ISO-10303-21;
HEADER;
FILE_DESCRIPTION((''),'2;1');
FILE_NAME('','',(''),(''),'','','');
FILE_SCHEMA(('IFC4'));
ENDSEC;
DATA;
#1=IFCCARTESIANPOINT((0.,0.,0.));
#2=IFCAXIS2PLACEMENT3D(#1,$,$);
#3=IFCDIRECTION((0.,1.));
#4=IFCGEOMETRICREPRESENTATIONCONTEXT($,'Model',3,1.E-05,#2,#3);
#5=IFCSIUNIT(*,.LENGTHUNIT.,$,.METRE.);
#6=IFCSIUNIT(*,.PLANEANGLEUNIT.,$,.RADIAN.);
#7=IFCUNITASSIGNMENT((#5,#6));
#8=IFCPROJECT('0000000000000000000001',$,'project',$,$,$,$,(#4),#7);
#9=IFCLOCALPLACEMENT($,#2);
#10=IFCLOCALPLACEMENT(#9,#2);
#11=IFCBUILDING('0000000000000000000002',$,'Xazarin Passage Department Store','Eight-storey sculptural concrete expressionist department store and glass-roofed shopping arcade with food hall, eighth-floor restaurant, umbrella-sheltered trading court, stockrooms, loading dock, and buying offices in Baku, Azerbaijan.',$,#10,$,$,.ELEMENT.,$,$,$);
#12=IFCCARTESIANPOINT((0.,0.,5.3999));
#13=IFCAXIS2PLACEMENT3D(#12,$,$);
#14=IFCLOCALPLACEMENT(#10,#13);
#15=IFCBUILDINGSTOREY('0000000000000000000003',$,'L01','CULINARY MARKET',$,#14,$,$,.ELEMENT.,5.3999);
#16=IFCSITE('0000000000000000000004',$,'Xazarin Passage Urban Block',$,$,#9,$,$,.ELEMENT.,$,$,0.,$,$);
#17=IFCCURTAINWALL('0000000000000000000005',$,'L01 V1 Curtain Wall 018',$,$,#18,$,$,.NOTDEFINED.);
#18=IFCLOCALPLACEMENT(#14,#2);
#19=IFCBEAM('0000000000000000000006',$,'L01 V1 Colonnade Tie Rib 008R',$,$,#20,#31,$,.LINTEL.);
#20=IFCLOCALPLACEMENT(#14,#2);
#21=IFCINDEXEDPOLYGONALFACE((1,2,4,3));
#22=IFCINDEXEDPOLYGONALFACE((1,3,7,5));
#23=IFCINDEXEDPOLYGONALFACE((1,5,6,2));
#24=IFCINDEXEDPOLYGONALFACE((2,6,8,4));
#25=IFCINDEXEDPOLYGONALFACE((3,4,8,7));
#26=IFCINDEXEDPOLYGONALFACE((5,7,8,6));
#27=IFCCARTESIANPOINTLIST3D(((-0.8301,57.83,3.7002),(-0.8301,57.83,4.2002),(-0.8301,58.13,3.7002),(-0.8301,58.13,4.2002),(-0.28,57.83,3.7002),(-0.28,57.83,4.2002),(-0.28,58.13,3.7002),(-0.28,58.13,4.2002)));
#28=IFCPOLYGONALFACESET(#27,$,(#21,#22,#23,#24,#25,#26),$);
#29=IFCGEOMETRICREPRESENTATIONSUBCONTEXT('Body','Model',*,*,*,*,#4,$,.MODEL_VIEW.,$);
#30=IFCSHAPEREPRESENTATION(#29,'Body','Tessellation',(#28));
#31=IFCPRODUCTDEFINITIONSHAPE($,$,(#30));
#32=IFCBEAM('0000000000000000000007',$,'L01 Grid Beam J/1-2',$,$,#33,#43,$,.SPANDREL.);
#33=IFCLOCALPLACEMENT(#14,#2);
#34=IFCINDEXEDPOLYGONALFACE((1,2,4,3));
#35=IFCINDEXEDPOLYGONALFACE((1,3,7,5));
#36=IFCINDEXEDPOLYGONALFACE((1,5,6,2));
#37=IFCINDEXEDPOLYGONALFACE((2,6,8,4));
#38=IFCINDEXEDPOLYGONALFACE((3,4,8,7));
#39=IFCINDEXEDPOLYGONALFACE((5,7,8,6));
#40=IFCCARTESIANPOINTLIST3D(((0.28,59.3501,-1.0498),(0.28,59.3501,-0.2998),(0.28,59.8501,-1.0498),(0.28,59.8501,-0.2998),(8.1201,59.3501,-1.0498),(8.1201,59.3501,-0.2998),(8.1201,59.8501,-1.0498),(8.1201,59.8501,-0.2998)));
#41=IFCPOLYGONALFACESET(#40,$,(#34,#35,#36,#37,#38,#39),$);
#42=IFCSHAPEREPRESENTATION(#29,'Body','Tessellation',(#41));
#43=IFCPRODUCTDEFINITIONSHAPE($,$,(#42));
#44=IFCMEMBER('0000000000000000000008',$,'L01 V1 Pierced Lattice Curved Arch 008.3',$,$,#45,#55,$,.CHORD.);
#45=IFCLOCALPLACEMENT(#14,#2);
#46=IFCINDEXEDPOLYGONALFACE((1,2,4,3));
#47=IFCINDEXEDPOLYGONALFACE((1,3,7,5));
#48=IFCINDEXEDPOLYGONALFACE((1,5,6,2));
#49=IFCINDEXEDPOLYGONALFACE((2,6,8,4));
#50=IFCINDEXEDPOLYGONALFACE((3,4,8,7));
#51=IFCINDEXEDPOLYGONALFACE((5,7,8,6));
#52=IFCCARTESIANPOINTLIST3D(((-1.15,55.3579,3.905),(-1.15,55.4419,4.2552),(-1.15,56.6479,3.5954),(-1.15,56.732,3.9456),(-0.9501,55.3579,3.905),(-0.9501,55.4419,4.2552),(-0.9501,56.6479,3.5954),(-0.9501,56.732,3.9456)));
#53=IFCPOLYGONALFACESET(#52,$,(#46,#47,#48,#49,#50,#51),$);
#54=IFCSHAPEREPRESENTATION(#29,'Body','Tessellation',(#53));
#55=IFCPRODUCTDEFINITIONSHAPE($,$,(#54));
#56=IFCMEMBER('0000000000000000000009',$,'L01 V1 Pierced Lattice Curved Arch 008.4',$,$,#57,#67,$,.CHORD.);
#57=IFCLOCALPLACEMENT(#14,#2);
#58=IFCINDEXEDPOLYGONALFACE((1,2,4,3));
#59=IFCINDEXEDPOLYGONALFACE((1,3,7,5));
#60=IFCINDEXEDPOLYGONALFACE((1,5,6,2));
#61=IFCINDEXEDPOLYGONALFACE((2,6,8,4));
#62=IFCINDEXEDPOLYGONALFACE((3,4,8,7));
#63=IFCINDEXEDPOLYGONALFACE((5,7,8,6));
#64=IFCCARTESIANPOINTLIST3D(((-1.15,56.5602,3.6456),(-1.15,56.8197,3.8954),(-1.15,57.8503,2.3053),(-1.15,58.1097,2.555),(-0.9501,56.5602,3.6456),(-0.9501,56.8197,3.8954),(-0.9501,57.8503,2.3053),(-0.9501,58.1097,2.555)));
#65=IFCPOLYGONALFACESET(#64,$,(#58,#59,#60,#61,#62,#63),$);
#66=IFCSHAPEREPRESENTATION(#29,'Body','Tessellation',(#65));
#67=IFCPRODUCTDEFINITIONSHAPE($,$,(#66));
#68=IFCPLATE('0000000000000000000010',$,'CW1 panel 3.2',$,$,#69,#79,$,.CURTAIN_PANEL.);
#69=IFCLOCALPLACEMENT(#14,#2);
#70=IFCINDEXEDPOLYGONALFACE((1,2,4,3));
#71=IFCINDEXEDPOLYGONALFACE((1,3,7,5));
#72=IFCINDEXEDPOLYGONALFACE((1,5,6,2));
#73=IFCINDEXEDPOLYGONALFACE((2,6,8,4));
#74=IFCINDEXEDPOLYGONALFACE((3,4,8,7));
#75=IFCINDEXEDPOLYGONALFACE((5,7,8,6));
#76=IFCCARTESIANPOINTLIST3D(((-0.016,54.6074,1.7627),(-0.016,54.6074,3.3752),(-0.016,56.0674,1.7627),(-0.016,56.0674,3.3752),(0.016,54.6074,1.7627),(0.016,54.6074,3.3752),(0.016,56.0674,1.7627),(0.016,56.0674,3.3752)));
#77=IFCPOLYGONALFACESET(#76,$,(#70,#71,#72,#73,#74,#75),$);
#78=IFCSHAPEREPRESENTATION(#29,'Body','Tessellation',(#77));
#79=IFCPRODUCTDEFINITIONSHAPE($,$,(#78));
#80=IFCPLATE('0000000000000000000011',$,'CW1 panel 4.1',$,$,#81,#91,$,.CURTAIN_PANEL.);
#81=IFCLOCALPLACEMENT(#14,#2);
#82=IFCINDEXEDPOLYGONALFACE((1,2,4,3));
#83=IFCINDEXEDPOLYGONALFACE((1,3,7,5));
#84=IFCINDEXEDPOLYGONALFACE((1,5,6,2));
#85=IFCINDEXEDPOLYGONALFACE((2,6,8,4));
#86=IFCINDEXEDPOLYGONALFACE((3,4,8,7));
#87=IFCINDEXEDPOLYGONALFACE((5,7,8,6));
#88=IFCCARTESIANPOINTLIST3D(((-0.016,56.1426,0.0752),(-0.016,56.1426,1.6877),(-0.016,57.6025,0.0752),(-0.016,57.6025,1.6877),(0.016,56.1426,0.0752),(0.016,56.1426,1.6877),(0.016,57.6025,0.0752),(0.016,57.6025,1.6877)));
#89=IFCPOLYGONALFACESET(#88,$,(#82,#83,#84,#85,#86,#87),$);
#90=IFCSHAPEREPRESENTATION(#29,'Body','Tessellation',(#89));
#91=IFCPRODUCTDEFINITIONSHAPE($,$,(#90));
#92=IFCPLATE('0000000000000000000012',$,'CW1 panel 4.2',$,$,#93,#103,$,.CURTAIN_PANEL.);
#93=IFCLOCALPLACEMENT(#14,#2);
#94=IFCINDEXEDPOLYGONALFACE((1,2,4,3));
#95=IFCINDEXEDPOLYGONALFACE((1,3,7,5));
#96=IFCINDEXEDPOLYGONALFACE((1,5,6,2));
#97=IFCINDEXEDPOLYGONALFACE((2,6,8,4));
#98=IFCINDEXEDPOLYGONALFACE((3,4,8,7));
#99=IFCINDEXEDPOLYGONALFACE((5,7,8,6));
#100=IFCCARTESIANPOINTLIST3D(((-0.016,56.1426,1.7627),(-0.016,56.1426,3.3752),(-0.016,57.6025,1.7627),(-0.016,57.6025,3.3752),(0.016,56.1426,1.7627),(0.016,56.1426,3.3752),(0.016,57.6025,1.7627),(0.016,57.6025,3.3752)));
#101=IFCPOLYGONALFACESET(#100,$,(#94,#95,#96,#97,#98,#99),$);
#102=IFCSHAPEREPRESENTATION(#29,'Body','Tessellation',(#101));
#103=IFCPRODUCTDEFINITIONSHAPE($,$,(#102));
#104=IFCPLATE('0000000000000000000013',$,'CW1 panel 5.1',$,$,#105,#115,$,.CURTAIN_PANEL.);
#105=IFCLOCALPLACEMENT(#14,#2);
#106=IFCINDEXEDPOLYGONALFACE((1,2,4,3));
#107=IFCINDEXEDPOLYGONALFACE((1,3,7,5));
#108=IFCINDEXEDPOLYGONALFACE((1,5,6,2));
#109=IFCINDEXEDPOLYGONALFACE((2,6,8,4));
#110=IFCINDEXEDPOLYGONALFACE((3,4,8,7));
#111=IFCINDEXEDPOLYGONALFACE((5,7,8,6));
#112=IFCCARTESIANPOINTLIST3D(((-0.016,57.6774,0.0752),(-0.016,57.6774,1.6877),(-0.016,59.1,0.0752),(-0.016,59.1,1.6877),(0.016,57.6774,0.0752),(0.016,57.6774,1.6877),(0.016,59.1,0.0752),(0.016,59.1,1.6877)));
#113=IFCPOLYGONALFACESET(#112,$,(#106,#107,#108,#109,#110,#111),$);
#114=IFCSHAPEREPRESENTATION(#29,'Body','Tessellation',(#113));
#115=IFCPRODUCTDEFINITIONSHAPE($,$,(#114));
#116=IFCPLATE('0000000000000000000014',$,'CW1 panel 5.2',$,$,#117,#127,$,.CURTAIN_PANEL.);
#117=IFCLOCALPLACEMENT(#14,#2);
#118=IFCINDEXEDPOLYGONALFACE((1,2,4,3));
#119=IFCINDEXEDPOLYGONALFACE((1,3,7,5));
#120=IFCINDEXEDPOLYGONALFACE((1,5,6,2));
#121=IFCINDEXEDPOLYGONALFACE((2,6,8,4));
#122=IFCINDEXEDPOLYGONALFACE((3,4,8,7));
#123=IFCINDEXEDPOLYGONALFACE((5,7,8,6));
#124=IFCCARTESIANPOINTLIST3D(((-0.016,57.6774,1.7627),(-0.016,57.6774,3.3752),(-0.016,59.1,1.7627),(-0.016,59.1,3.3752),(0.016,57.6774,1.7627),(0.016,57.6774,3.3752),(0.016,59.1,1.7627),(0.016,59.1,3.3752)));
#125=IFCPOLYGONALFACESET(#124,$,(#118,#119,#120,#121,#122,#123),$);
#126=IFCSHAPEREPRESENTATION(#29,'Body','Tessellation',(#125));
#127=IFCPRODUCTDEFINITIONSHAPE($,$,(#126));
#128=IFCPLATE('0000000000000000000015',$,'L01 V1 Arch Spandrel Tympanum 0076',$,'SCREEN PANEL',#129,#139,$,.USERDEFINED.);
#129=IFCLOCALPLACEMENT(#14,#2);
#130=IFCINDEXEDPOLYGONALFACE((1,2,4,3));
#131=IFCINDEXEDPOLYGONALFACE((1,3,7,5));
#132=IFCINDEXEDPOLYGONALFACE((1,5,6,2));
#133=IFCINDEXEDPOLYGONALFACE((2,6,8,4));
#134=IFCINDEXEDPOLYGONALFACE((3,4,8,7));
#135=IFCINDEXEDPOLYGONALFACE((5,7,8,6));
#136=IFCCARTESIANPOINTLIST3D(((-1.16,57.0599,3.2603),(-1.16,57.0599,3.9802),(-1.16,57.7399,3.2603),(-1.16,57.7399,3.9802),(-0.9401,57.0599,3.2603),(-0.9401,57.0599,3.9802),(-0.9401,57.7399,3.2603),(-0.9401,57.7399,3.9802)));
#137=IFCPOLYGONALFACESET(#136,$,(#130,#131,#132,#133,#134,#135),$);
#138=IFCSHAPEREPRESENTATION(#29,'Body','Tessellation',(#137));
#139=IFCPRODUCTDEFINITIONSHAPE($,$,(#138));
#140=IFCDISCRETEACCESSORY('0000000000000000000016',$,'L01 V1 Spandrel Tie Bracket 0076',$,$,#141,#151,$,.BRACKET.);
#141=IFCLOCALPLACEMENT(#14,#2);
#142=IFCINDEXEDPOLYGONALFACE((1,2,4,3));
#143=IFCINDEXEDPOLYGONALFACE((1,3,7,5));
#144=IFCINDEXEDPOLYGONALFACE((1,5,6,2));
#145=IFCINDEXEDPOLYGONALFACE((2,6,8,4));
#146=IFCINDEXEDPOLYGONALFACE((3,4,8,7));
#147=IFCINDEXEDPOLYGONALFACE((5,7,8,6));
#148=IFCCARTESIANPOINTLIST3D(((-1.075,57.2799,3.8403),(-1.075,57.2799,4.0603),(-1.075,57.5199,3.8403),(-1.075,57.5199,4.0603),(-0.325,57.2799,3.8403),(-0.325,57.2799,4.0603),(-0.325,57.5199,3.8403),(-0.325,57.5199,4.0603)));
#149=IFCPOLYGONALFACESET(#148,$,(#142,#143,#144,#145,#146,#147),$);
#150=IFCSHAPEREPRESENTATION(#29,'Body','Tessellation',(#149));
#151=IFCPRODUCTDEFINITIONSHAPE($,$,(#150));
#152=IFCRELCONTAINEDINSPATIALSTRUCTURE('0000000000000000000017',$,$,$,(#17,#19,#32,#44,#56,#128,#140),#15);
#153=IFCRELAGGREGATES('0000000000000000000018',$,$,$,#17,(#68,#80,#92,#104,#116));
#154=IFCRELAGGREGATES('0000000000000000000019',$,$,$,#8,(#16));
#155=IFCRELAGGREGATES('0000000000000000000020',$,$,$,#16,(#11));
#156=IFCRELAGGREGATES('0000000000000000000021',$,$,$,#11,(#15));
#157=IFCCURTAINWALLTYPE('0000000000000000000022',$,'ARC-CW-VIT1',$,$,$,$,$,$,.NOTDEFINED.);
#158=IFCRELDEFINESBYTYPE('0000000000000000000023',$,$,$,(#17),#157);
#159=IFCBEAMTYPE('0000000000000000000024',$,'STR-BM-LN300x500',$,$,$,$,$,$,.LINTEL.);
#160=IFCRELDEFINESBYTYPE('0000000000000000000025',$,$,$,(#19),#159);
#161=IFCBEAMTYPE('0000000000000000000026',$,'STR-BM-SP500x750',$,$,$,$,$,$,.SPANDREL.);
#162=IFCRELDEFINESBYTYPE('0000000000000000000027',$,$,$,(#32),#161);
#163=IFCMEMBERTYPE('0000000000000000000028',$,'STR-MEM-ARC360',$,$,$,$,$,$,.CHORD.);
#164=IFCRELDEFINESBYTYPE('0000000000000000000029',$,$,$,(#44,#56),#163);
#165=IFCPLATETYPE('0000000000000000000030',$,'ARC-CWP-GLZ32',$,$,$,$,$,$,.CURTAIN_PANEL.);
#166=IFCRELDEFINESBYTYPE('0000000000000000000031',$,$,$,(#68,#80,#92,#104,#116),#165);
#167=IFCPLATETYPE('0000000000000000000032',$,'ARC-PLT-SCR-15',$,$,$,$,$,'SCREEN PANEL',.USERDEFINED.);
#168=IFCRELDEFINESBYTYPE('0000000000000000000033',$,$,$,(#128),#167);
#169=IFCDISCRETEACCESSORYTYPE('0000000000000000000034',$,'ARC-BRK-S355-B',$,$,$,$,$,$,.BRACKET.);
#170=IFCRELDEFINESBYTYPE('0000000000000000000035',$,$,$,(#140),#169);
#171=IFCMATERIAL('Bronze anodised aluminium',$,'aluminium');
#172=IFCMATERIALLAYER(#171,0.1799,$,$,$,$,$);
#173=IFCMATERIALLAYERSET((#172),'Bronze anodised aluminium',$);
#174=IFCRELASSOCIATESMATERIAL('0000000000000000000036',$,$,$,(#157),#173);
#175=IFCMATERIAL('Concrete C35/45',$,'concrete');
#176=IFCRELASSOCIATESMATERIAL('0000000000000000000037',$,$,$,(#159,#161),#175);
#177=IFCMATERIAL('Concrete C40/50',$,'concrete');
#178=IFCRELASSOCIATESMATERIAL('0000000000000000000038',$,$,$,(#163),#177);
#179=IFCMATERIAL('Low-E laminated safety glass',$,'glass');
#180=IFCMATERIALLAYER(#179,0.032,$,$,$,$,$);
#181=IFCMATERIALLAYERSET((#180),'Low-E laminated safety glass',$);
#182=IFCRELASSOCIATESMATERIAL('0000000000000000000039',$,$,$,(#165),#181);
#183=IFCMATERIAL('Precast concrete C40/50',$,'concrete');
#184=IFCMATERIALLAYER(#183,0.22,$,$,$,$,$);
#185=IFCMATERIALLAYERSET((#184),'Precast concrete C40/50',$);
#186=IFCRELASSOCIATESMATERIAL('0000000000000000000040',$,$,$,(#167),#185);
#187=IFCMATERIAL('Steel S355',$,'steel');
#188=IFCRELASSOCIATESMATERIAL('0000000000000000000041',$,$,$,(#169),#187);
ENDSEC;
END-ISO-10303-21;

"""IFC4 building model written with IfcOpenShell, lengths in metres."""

from ifc_helpers import new_model, si_unit, direction, frame, origin, origin_2d, place, context, subcontext, project, spatial, rectangle, extrude, material, layer, layer_set, material_profile, profile_set, type_object, element, aggregate, save


model = new_model("IFC4")

# Units and contexts
model_context = context("Model", 3, precision=1e-05, world=origin(), true_north=direction((0.0, 1.0)))
body_context = subcontext(model_context, "Body", "Model", "MODEL_VIEW")
ifc_project = project(units=[si_unit("LENGTHUNIT", "METRE"), si_unit("PLANEANGLEUNIT", "RADIAN")], contexts=[model_context])

# Site, building, storey
site_placement = place(None, origin())
site = spatial("IfcSite", under=ifc_project, at=site_placement, Name="Xazarin Passage Urban Block", CompositionType="ELEMENT", RefElevation=0.0)
building_placement = place(site_placement, origin())
building = spatial("IfcBuilding", under=site, at=building_placement, Name="Xazarin Passage Department Store", Description="Eight-storey sculptural concrete expressionist department store and glass-roofed shopping arcade with food hall, eighth-floor restaurant, umbrella-sheltered trading court, stockrooms, loading dock, and buying offices in Baku, Azerbaijan.", CompositionType="ELEMENT")
storey_placement = place(building_placement, frame((0.0, 0.0, 5.3999)))
storey = spatial("IfcBuildingStorey", under=building, at=storey_placement, Name="L01", Description="CULINARY MARKET", CompositionType="ELEMENT", Elevation=5.3999)

# Shared definitions
ifc_material_1 = material(Name="Concrete C40/50", Category="concrete")

# Curtain wall
ifc_material_2 = material(Name="Bronze anodised aluminium", Category="aluminium")
ifc_layer_1 = layer(ifc_material_2, 0.1799)
ifc_layer_set_1 = layer_set([ifc_layer_1], Name="Bronze anodised aluminium")
curtain_wall_type = type_object("IfcCurtainWallType", Name="ARC-CW-VIT1", PredefinedType="NOTDEFINED", material=ifc_layer_set_1)
curtain_wall_placement = place(storey_placement, origin())
curtain_wall = element("IfcCurtainWall", 1, at=curtain_wall_placement, inside=storey, type_object=curtain_wall_type, Name="L01 V1 Curtain Wall 018", PredefinedType="NOTDEFINED")

# Beams
ifc_material_3 = material(Name="Concrete C35/45", Category="concrete")
ifc_material_profile_1 = material_profile(ifc_material_3, rectangle(XDim=0.3, YDim=0.5, at=origin_2d()), Name="RC 300x500")
ifc_profile_set_1 = profile_set([ifc_material_profile_1], Name="Concrete C35/45")
beam_type_1 = type_object("IfcBeamType", Name="STR-BM-LN300x500", PredefinedType="LINTEL", material=ifc_profile_set_1)
beam_1_placement = place(storey_placement, frame((-0.28, 57.98, 3.9502), z_axis=(-1.0, 0.0, 0.0), x_axis=(0.0, -1.0, 0.0)))
element("IfcBeam", 2, at=beam_1_placement, inside=storey, type_object=beam_type_1, Name="L01 V1 Colonnade Tie Rib 008R", PredefinedType="LINTEL", context=body_context, shape_type="SweptSolid", body=[
    extrude(rectangle(XDim=0.3, YDim=0.5, at=origin_2d()), origin(), (0.0, 0.0, 1.0), 0.55),
])
ifc_material_profile_2 = material_profile(ifc_material_3, rectangle(XDim=0.5, YDim=0.75, at=origin_2d()), Name="RC 500x750")
ifc_profile_set_2 = profile_set([ifc_material_profile_2], Name="Concrete C35/45")
beam_type_2 = type_object("IfcBeamType", Name="STR-BM-SP500x750", PredefinedType="SPANDREL", material=ifc_profile_set_2)
beam_2_placement = place(storey_placement, frame((0.28, 59.6001, -0.6748), z_axis=(1.0, 0.0, 0.0), x_axis=(0.0, 1.0, 0.0)))
element("IfcBeam", 3, at=beam_2_placement, inside=storey, type_object=beam_type_2, Name="L01 Grid Beam J/1-2", PredefinedType="SPANDREL", context=body_context, shape_type="SweptSolid", body=[
    extrude(rectangle(XDim=0.5, YDim=0.75, at=origin_2d()), origin(), (0.0, 0.0, 1.0), 7.8401),
])

# Members
ifc_material_profile_3 = material_profile(ifc_material_1, rectangle(XDim=0.2, YDim=0.3601, at=origin_2d()), Name="RC 200x360")
ifc_profile_set_3 = profile_set([ifc_material_profile_3], Name="Concrete C40/50")
member_type_1 = type_object("IfcMemberType", Name="STR-MEM-ARC360", PredefinedType="CHORD", material=ifc_profile_set_3)
member_1_placement = place(storey_placement, frame((-1.05, 55.3999, 4.0801), z_axis=(0.0, 0.972394, -0.233345), x_axis=(-1.0, 0.0, 0.0)))
element("IfcMember", 4, at=member_1_placement, inside=storey, type_object=member_type_1, Name="L01 V1 Pierced Lattice Curved Arch 008.3", PredefinedType="CHORD", context=body_context, shape_type="SweptSolid", body=[
    extrude(rectangle(XDim=0.2, YDim=0.3601, at=origin_2d()), origin(), (0.0, 0.0, 1.0), 1.3267),
])
member_2_placement = place(storey_placement, frame((-1.05, 56.6899, 3.7705), z_axis=(0.0, 0.69346, -0.720495), x_axis=(-1.0, 0.0, 0.0)))
element("IfcMember", 5, at=member_2_placement, inside=storey, type_object=member_type_1, Name="L01 V1 Pierced Lattice Curved Arch 008.4", PredefinedType="CHORD", context=body_context, shape_type="SweptSolid", body=[
    extrude(rectangle(XDim=0.2, YDim=0.3601, at=origin_2d()), origin(), (0.0, 0.0, 1.0), 1.8604),
])

# Plates
ifc_material_4 = material(Name="Low-E laminated safety glass", Category="glass")
ifc_layer_2 = layer(ifc_material_4, 0.032)
ifc_layer_set_2 = layer_set([ifc_layer_2], Name="Low-E laminated safety glass")
plate_type_1 = type_object("IfcPlateType", Name="ARC-CWP-GLZ32", PredefinedType="CURTAIN_PANEL", material=ifc_layer_set_2)
plate_1_placement = place(storey_placement, frame((0.0, 55.3374, 1.7627), z_axis=(0.0, 0.0, 1.0), x_axis=(0.0, 1.0, 0.0)))
plate_1 = element("IfcPlate", 6, at=plate_1_placement, type_object=plate_type_1, Name="CW1 panel 3.2", PredefinedType="CURTAIN_PANEL", context=body_context, shape_type="SweptSolid", body=[
    extrude(rectangle(XDim=1.46, YDim=0.032, at=origin_2d()), origin(), (0.0, 0.0, 1.0), 1.6125),
])
plate_2_placement = place(storey_placement, frame((0.0, 56.8726, 0.0752), z_axis=(0.0, 0.0, 1.0), x_axis=(0.0, 1.0, 0.0)))
plate_2 = element("IfcPlate", 7, at=plate_2_placement, type_object=plate_type_1, Name="CW1 panel 4.1", PredefinedType="CURTAIN_PANEL", context=body_context, shape_type="SweptSolid", body=[
    extrude(rectangle(XDim=1.46, YDim=0.032, at=origin_2d()), origin(), (0.0, 0.0, 1.0), 1.6125),
])
plate_3_placement = place(storey_placement, frame((0.0, 56.8726, 1.7627), z_axis=(0.0, 0.0, 1.0), x_axis=(0.0, 1.0, 0.0)))
plate_3 = element("IfcPlate", 8, at=plate_3_placement, type_object=plate_type_1, Name="CW1 panel 4.2", PredefinedType="CURTAIN_PANEL", context=body_context, shape_type="SweptSolid", body=[
    extrude(rectangle(XDim=1.46, YDim=0.032, at=origin_2d()), origin(), (0.0, 0.0, 1.0), 1.6125),
])
plate_4_placement = place(storey_placement, frame((0.0, 58.3887, 0.0752), z_axis=(0.0, 0.0, 1.0), x_axis=(0.0, 1.0, 0.0)))
plate_4 = element("IfcPlate", 9, at=plate_4_placement, type_object=plate_type_1, Name="CW1 panel 5.1", PredefinedType="CURTAIN_PANEL", context=body_context, shape_type="SweptSolid", body=[
    extrude(rectangle(XDim=1.4226, YDim=0.032, at=origin_2d()), origin(), (0.0, 0.0, 1.0), 1.6125),
])
plate_5_placement = place(storey_placement, frame((0.0, 58.3887, 1.7627), z_axis=(0.0, 0.0, 1.0), x_axis=(0.0, 1.0, 0.0)))
plate_5 = element("IfcPlate", 10, at=plate_5_placement, type_object=plate_type_1, Name="CW1 panel 5.2", PredefinedType="CURTAIN_PANEL", context=body_context, shape_type="SweptSolid", body=[
    extrude(rectangle(XDim=1.4226, YDim=0.032, at=origin_2d()), origin(), (0.0, 0.0, 1.0), 1.6125),
])
aggregate(curtain_wall, [plate_1, plate_2, plate_3, plate_4, plate_5])
ifc_material_5 = material(Name="Precast concrete C40/50", Category="concrete")
ifc_layer_3 = layer(ifc_material_5, 0.22)
ifc_layer_set_3 = layer_set([ifc_layer_3], Name="Precast concrete C40/50")
plate_type_2 = type_object("IfcPlateType", Name="ARC-PLT-SCR-15", ElementType="SCREEN PANEL", PredefinedType="USERDEFINED", material=ifc_layer_set_3)
plate_6_placement = place(storey_placement, frame((-1.05, 57.3999, 3.2603), z_axis=(0.0, 0.0, 1.0), x_axis=(0.0, 1.0, 0.0)))
element("IfcPlate", 11, at=plate_6_placement, inside=storey, type_object=plate_type_2, Name="L01 V1 Arch Spandrel Tympanum 0076", ObjectType="SCREEN PANEL", PredefinedType="USERDEFINED", context=body_context, shape_type="SweptSolid", body=[
    extrude(rectangle(XDim=0.6799, YDim=0.22, at=origin_2d()), origin(), (0.0, 0.0, 1.0), 0.72),
])

# Discrete accessory
ifc_material_6 = material(Name="Steel S355", Category="steel")
discrete_accessory_type = type_object("IfcDiscreteAccessoryType", Name="ARC-BRK-S355-B", PredefinedType="BRACKET", material=ifc_material_6)
discrete_accessory_placement = place(storey_placement, frame((-0.7, 57.3999, 3.8403), z_axis=(0.0, 0.0, 1.0), x_axis=(0.0, 1.0, 0.0)))
element("IfcDiscreteAccessory", 12, at=discrete_accessory_placement, inside=storey, type_object=discrete_accessory_type, Name="L01 V1 Spandrel Tie Bracket 0076", PredefinedType="BRACKET", context=body_context, shape_type="SweptSolid", body=[
    extrude(rectangle(XDim=0.24, YDim=0.75, at=origin_2d()), origin(), (0.0, 0.0, 1.0), 0.22),
])

save(model, "model.ifc")
